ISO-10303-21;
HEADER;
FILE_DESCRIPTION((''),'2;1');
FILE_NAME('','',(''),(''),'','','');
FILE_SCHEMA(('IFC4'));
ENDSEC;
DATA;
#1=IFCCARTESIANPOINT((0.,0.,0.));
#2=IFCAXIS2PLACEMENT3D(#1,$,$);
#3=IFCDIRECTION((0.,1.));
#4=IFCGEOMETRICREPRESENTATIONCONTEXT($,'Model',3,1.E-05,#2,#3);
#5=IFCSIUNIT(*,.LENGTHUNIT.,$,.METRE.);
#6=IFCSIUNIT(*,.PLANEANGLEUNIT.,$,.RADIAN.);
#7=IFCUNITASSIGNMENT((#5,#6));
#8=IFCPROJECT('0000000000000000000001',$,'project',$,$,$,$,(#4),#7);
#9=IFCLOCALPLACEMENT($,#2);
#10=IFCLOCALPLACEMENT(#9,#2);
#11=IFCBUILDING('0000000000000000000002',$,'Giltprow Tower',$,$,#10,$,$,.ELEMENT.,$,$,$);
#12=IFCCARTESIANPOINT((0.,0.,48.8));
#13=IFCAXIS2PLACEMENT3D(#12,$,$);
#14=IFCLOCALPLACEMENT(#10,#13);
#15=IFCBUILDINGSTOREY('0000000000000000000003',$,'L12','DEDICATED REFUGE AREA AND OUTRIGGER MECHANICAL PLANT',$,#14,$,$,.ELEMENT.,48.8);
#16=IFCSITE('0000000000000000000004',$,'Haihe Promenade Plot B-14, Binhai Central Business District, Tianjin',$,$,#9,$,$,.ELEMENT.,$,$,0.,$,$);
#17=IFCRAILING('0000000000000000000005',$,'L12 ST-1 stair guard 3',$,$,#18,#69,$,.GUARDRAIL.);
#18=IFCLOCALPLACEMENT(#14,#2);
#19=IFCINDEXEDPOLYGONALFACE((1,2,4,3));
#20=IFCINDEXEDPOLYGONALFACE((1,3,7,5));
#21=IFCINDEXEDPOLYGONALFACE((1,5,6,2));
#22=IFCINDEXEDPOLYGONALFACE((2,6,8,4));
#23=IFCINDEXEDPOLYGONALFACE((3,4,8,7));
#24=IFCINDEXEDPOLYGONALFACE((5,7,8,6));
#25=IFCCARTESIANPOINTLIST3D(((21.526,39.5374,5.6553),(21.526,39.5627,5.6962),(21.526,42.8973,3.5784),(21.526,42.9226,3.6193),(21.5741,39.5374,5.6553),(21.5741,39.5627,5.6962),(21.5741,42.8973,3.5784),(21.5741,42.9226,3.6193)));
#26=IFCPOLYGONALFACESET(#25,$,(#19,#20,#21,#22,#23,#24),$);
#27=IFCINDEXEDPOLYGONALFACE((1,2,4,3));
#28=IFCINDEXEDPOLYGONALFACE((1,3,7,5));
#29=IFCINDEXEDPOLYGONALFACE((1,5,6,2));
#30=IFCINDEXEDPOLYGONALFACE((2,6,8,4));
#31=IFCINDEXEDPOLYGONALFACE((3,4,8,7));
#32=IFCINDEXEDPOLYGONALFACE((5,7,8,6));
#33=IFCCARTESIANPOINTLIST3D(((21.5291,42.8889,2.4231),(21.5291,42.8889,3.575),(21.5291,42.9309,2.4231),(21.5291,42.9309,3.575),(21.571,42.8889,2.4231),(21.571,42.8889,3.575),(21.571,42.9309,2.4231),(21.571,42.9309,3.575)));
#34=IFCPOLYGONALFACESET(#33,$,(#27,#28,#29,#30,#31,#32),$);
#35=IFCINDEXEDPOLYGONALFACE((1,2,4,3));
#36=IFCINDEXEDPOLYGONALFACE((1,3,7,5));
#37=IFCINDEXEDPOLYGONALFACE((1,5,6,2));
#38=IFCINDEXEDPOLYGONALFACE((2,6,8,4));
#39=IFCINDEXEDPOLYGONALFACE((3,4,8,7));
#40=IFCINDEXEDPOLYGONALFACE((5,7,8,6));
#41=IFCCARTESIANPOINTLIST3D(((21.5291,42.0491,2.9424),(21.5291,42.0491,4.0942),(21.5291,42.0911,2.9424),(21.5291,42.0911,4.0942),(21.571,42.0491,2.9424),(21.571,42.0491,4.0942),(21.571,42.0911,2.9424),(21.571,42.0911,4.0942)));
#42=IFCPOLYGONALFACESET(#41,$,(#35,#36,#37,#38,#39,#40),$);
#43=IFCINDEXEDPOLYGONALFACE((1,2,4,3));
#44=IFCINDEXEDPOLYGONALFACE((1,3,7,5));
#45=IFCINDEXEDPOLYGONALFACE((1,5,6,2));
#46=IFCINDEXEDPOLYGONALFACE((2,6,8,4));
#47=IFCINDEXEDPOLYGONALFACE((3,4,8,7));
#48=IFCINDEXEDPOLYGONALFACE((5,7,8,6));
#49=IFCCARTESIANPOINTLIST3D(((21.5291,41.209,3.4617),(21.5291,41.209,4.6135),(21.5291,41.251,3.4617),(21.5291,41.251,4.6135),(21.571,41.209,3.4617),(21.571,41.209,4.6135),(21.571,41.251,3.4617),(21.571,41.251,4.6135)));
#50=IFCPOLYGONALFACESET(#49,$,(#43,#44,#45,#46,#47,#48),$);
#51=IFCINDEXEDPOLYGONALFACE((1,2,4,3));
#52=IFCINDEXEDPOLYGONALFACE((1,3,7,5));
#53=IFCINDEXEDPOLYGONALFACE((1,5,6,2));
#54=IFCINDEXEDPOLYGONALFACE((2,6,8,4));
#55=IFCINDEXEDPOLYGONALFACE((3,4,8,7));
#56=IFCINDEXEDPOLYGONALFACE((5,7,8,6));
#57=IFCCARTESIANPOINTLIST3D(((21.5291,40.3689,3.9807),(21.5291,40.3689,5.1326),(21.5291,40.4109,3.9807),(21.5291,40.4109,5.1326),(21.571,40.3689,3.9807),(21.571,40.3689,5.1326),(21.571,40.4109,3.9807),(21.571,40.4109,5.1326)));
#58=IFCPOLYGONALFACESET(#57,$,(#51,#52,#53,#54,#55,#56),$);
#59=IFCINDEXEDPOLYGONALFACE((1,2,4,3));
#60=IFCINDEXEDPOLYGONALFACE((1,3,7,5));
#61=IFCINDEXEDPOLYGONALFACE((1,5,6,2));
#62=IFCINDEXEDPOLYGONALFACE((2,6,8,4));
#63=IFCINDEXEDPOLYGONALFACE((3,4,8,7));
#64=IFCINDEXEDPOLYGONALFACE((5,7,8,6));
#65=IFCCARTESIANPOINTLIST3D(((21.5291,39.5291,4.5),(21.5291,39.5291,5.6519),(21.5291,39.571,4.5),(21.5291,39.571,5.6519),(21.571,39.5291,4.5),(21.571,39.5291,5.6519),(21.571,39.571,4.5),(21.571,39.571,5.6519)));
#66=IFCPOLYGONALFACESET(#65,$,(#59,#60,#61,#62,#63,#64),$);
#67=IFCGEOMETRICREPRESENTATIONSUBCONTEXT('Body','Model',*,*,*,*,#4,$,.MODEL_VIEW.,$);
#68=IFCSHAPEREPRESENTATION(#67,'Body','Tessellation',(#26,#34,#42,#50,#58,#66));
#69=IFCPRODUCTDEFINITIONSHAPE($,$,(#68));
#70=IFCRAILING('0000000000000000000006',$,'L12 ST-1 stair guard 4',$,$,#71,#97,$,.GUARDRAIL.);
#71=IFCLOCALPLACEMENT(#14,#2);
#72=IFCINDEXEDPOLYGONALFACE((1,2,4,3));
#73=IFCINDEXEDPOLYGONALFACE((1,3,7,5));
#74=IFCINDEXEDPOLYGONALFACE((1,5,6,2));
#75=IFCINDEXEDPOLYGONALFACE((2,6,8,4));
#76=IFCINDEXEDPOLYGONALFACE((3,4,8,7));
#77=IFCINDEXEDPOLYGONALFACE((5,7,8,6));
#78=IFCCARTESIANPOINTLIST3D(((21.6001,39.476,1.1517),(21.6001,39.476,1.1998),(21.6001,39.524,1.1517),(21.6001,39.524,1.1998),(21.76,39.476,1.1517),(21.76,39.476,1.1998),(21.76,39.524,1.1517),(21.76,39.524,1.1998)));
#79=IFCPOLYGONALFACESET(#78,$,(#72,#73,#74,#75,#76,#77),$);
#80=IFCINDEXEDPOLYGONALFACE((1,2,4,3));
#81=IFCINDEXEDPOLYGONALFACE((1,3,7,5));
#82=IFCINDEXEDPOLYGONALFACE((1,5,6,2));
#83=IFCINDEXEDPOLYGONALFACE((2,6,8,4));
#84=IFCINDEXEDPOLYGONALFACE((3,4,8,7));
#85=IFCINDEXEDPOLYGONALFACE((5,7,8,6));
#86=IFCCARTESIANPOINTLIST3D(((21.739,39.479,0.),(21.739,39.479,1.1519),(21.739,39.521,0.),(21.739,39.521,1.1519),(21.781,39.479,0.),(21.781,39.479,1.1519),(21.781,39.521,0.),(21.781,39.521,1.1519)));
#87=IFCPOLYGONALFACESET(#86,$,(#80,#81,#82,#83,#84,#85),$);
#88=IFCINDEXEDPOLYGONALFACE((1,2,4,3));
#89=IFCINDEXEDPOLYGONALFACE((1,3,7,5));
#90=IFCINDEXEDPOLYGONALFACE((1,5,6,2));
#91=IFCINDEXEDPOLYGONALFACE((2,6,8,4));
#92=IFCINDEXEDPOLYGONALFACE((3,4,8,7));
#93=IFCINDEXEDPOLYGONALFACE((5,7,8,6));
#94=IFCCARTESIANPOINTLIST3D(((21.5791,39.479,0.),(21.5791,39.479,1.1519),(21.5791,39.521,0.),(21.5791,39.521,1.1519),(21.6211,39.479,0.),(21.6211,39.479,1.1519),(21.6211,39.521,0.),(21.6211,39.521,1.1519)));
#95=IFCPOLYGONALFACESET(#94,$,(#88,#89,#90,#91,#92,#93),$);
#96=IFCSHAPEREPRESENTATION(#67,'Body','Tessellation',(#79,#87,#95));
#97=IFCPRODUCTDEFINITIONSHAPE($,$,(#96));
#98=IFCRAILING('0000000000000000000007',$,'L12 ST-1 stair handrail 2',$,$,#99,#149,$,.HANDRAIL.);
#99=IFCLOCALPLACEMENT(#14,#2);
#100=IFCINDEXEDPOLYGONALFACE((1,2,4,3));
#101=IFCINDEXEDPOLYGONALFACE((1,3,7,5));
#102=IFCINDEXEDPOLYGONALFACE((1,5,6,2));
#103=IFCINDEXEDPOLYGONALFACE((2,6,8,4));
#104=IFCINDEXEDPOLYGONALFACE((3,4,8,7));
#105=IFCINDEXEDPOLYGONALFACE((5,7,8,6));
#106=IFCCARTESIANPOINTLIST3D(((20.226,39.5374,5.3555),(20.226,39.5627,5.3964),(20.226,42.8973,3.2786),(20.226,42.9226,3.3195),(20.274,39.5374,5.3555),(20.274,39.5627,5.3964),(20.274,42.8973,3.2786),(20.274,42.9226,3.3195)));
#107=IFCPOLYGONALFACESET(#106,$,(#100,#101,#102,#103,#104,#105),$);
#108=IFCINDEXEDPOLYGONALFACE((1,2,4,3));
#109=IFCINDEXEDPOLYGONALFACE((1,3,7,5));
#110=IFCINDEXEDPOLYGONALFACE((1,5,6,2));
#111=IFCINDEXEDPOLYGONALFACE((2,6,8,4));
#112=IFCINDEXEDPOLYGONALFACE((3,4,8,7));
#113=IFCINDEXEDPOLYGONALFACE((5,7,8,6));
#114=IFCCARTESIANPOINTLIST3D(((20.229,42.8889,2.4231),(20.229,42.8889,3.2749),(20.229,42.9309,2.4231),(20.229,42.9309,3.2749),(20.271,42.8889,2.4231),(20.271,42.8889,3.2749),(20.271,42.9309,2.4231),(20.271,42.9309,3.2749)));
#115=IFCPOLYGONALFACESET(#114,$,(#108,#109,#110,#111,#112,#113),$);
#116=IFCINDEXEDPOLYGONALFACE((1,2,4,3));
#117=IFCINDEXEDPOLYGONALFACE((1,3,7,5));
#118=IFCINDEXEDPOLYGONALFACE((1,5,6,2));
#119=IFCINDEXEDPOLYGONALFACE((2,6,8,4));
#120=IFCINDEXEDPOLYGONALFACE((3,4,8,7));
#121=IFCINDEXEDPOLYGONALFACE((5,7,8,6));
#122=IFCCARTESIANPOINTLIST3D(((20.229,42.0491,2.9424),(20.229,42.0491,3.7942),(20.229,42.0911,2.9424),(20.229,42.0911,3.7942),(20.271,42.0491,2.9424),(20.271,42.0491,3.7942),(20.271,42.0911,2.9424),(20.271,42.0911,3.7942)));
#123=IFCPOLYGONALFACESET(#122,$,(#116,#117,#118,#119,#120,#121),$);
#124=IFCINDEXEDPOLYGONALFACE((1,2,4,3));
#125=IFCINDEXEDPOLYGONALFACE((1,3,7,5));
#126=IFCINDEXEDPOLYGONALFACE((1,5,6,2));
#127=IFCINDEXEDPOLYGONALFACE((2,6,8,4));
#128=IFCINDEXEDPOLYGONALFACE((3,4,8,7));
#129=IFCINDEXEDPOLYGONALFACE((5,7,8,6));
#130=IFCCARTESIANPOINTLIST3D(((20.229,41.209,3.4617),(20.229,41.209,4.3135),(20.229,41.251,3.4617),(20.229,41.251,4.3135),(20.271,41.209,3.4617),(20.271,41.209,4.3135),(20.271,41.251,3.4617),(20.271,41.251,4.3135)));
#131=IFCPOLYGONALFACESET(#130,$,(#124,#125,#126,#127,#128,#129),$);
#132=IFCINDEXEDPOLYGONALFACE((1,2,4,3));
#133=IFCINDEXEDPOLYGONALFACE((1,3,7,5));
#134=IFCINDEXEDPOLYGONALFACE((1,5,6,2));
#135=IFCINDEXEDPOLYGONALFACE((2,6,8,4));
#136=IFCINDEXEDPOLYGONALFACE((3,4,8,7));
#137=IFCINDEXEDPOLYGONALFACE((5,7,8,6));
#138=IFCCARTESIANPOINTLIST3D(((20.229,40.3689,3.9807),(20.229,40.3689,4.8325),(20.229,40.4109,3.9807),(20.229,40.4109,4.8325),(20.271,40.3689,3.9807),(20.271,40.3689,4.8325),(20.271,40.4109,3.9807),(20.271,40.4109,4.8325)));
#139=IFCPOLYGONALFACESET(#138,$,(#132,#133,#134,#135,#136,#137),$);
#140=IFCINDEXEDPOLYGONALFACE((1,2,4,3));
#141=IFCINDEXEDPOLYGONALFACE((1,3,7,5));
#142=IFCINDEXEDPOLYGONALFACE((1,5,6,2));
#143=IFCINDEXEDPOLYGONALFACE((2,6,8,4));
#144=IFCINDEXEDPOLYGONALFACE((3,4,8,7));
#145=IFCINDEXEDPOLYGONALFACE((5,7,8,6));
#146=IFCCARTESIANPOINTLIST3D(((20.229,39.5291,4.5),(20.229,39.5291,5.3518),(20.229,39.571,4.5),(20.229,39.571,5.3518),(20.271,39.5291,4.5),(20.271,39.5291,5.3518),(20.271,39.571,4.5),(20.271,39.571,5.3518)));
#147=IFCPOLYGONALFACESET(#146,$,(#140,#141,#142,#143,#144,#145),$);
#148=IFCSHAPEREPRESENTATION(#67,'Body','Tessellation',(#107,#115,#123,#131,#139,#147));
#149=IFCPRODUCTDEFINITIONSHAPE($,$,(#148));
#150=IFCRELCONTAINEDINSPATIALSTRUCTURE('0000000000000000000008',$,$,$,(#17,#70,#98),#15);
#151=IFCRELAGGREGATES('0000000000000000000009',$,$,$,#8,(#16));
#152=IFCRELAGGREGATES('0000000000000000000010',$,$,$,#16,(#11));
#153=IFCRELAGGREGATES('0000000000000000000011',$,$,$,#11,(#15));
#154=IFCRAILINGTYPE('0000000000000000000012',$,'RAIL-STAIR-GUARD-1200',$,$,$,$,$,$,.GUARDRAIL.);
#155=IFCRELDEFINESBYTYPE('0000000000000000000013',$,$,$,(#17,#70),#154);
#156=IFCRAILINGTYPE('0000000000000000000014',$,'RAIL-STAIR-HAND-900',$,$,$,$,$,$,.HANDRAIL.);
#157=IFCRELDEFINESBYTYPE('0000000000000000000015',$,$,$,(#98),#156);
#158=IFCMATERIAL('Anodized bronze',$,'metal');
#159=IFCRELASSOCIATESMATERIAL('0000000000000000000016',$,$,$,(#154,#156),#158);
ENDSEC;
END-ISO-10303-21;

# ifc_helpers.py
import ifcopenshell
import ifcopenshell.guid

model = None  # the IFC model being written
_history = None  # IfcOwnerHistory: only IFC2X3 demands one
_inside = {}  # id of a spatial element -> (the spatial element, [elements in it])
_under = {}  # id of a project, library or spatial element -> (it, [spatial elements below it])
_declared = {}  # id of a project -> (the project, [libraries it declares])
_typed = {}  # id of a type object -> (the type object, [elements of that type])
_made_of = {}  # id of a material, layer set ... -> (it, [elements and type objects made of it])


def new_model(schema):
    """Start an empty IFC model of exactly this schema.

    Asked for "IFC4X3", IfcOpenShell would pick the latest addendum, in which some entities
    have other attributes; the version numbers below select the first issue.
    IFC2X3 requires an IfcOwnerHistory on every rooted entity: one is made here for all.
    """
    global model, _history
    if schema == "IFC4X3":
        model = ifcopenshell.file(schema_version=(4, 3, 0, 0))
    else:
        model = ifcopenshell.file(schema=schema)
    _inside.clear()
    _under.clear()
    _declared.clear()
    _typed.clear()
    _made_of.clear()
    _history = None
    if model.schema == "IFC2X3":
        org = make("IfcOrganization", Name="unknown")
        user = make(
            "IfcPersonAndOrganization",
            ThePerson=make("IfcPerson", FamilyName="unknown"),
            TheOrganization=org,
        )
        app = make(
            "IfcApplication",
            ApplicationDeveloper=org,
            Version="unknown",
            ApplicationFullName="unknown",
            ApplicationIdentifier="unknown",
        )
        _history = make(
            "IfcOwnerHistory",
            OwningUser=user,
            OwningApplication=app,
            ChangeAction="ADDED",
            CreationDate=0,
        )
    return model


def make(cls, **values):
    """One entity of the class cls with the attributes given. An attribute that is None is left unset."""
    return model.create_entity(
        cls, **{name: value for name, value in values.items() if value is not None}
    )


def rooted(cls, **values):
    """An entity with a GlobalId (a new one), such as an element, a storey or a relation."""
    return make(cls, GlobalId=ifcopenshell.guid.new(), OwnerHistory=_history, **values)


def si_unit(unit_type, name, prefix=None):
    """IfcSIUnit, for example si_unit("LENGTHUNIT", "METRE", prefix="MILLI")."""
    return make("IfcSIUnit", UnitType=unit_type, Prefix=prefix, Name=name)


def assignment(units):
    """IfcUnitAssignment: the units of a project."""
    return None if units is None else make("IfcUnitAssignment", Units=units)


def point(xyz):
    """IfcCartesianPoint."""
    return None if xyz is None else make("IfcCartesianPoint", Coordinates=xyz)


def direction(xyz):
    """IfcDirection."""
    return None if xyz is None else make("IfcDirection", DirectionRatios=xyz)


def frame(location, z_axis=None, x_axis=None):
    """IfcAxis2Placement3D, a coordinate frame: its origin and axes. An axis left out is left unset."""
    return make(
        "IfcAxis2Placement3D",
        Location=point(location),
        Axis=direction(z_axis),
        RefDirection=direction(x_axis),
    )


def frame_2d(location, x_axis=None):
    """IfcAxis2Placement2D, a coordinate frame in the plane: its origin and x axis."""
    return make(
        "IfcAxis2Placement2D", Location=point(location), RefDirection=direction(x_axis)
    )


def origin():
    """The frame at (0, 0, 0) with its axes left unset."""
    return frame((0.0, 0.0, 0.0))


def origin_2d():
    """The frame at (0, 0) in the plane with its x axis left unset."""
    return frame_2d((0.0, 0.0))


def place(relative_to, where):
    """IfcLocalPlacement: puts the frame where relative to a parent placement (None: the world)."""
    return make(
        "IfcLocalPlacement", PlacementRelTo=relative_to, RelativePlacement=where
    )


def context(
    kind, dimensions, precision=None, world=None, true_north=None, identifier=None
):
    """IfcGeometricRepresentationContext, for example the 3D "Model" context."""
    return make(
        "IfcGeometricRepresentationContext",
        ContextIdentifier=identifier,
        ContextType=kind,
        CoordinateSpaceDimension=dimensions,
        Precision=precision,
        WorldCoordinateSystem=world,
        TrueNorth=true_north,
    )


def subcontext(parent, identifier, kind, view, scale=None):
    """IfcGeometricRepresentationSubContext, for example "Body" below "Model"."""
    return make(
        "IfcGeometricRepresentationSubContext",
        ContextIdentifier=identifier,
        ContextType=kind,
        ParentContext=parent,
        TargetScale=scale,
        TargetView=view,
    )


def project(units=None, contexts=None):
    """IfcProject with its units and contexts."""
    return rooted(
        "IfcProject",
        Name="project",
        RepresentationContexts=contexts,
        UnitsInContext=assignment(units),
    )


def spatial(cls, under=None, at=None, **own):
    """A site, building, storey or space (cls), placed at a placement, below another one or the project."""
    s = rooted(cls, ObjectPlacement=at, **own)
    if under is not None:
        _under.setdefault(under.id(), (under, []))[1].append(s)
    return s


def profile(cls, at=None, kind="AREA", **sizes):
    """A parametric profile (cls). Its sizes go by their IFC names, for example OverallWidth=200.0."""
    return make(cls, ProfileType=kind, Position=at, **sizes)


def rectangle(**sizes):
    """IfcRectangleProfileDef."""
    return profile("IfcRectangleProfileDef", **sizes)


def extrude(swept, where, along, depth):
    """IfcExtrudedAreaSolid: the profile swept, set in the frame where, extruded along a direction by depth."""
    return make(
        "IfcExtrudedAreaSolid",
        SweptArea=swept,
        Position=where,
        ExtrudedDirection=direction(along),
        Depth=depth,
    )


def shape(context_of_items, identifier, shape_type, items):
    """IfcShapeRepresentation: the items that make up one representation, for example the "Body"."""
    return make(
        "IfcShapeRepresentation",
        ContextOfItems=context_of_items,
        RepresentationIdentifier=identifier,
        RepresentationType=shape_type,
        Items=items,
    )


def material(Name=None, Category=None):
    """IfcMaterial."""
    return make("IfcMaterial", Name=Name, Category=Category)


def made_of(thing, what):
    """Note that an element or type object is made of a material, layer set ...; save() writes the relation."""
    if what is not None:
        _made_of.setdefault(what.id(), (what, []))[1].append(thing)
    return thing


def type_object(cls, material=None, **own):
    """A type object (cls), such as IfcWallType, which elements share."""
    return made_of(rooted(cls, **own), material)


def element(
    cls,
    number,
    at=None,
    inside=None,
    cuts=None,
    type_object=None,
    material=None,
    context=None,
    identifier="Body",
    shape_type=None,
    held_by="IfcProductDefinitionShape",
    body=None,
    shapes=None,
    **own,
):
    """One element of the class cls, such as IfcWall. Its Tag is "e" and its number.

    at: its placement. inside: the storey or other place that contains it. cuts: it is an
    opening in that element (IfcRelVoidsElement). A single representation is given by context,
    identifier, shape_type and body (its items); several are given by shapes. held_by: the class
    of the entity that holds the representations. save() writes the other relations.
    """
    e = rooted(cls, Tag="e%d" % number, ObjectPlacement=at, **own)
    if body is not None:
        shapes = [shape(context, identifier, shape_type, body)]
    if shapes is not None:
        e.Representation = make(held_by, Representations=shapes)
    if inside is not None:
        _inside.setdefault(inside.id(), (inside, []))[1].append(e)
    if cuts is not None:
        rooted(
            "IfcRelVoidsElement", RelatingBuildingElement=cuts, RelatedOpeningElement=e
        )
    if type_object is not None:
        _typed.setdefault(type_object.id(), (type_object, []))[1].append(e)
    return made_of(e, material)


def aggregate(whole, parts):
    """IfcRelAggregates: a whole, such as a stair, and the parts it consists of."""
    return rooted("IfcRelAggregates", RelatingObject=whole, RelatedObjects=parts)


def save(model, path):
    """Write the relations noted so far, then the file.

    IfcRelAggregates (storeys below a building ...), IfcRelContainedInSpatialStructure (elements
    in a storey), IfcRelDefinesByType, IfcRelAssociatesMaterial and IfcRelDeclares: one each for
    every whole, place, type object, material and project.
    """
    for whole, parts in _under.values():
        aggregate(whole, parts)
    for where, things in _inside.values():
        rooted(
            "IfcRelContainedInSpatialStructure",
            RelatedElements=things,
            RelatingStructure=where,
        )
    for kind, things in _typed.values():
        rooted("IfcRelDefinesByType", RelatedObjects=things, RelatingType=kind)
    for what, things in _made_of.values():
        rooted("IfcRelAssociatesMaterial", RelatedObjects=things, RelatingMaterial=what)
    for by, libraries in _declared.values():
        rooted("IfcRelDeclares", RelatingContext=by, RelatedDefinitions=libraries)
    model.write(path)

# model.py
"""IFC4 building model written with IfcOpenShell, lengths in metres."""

from ifc_helpers import new_model, si_unit, direction, frame, origin, origin_2d, place, context, subcontext, project, spatial, rectangle, extrude, material, type_object, element, save


model = new_model("IFC4")

# Units and contexts
model_context = context("Model", 3, precision=1e-05, world=origin(), true_north=direction((0.0, 1.0)))
body_context = subcontext(model_context, "Body", "Model", "MODEL_VIEW")
ifc_project = project(units=[si_unit("LENGTHUNIT", "METRE"), si_unit("PLANEANGLEUNIT", "RADIAN")], contexts=[model_context])

# Site, building, storey
site_placement = place(None, origin())
site = spatial("IfcSite", under=ifc_project, at=site_placement, Name="Haihe Promenade Plot B-14, Binhai Central Business District, Tianjin", CompositionType="ELEMENT", RefElevation=0.0)
building_placement = place(site_placement, origin())
building = spatial("IfcBuilding", under=site, at=building_placement, Name="Giltprow Tower", CompositionType="ELEMENT")
storey_placement = place(building_placement, frame((0.0, 0.0, 48.8)))
storey = spatial("IfcBuildingStorey", under=building, at=storey_placement, Name="L12", Description="DEDICATED REFUGE AREA AND OUTRIGGER MECHANICAL PLANT", CompositionType="ELEMENT", Elevation=48.8)

# Railings
ifc_material_1 = material(Name="Anodized bronze", Category="metal")
railing_type_1 = type_object("IfcRailingType", Name="RAIL-STAIR-GUARD-1200", PredefinedType="GUARDRAIL", material=ifc_material_1)
railing_1_placement = place(storey_placement, frame((21.55, 42.9099, 2.4231)))
element("IfcRailing", 1, at=railing_1_placement, inside=storey, type_object=railing_type_1, Name="L12 ST-1 stair guard 3", PredefinedType="GUARDRAIL", context=body_context, shape_type="SweptSolid", body=[
    extrude(rectangle(XDim=0.0481, YDim=0.0481, at=origin_2d()), frame((0.0, 0.0, 1.1758), z_axis=(0.0, -0.850606, 0.525803), x_axis=(1.0, 0.0, 0.0)), (0.0, 0.0, 1.0), 3.95),
    extrude(rectangle(XDim=0.042, YDim=0.042, at=origin_2d()), origin(), (0.0, 0.0, 1.0), 1.1519),
    extrude(rectangle(XDim=0.042, YDim=0.042, at=origin_2d()), frame((0.0, -0.8398, 0.5193)), (0.0, 0.0, 1.0), 1.1519),
    extrude(rectangle(XDim=0.042, YDim=0.042, at=origin_2d()), frame((0.0, -1.6799, 1.0386)), (0.0, 0.0, 1.0), 1.1519),
    extrude(rectangle(XDim=0.042, YDim=0.042, at=origin_2d()), frame((0.0, -2.52, 1.5576)), (0.0, 0.0, 1.0), 1.1519),
    extrude(rectangle(XDim=0.042, YDim=0.042, at=origin_2d()), frame((0.0, -3.3599, 2.0769)), (0.0, 0.0, 1.0), 1.1519),
])
railing_2_placement = place(storey_placement, frame((21.76, 39.5, 0.0)))
element("IfcRailing", 2, at=railing_2_placement, inside=storey, type_object=railing_type_1, Name="L12 ST-1 stair guard 4", PredefinedType="GUARDRAIL", context=body_context, shape_type="SweptSolid", body=[
    extrude(rectangle(XDim=0.0481, YDim=0.0481, at=origin_2d()), frame((0.0, 0.0, 1.1758), z_axis=(-1.0, 0.0, 0.0), x_axis=(0.0, -1.0, 0.0)), (0.0, 0.0, 1.0), 0.1599),
    extrude(rectangle(XDim=0.042, YDim=0.042, at=origin_2d()), origin(), (0.0, 0.0, 1.0), 1.1519),
    extrude(rectangle(XDim=0.042, YDim=0.042, at=origin_2d()), frame((-0.1599, 0.0, 0.0)), (0.0, 0.0, 1.0), 1.1519),
])
railing_type_2 = type_object("IfcRailingType", Name="RAIL-STAIR-HAND-900", PredefinedType="HANDRAIL", material=ifc_material_1)
railing_3_placement = place(storey_placement, frame((20.25, 42.9099, 2.4231)))
element("IfcRailing", 3, at=railing_3_placement, inside=storey, type_object=railing_type_2, Name="L12 ST-1 stair handrail 2", PredefinedType="HANDRAIL", context=body_context, shape_type="SweptSolid", body=[
    extrude(rectangle(XDim=0.0481, YDim=0.0481, at=origin_2d()), frame((0.0, 0.0, 0.876), z_axis=(0.0, -0.850606, 0.525803), x_axis=(1.0, 0.0, 0.0)), (0.0, 0.0, 1.0), 3.95),
    extrude(rectangle(XDim=0.042, YDim=0.042, at=origin_2d()), origin(), (0.0, 0.0, 1.0), 0.8518),
    extrude(rectangle(XDim=0.042, YDim=0.042, at=origin_2d()), frame((0.0, -0.8398, 0.5193)), (0.0, 0.0, 1.0), 0.8518),
    extrude(rectangle(XDim=0.042, YDim=0.042, at=origin_2d()), frame((0.0, -1.6799, 1.0386)), (0.0, 0.0, 1.0), 0.8518),
    extrude(rectangle(XDim=0.042, YDim=0.042, at=origin_2d()), frame((0.0, -2.52, 1.5576)), (0.0, 0.0, 1.0), 0.8518),
    extrude(rectangle(XDim=0.042, YDim=0.042, at=origin_2d()), frame((0.0, -3.3599, 2.0769)), (0.0, 0.0, 1.0), 0.8518),
])

save(model, "model.ifc")
